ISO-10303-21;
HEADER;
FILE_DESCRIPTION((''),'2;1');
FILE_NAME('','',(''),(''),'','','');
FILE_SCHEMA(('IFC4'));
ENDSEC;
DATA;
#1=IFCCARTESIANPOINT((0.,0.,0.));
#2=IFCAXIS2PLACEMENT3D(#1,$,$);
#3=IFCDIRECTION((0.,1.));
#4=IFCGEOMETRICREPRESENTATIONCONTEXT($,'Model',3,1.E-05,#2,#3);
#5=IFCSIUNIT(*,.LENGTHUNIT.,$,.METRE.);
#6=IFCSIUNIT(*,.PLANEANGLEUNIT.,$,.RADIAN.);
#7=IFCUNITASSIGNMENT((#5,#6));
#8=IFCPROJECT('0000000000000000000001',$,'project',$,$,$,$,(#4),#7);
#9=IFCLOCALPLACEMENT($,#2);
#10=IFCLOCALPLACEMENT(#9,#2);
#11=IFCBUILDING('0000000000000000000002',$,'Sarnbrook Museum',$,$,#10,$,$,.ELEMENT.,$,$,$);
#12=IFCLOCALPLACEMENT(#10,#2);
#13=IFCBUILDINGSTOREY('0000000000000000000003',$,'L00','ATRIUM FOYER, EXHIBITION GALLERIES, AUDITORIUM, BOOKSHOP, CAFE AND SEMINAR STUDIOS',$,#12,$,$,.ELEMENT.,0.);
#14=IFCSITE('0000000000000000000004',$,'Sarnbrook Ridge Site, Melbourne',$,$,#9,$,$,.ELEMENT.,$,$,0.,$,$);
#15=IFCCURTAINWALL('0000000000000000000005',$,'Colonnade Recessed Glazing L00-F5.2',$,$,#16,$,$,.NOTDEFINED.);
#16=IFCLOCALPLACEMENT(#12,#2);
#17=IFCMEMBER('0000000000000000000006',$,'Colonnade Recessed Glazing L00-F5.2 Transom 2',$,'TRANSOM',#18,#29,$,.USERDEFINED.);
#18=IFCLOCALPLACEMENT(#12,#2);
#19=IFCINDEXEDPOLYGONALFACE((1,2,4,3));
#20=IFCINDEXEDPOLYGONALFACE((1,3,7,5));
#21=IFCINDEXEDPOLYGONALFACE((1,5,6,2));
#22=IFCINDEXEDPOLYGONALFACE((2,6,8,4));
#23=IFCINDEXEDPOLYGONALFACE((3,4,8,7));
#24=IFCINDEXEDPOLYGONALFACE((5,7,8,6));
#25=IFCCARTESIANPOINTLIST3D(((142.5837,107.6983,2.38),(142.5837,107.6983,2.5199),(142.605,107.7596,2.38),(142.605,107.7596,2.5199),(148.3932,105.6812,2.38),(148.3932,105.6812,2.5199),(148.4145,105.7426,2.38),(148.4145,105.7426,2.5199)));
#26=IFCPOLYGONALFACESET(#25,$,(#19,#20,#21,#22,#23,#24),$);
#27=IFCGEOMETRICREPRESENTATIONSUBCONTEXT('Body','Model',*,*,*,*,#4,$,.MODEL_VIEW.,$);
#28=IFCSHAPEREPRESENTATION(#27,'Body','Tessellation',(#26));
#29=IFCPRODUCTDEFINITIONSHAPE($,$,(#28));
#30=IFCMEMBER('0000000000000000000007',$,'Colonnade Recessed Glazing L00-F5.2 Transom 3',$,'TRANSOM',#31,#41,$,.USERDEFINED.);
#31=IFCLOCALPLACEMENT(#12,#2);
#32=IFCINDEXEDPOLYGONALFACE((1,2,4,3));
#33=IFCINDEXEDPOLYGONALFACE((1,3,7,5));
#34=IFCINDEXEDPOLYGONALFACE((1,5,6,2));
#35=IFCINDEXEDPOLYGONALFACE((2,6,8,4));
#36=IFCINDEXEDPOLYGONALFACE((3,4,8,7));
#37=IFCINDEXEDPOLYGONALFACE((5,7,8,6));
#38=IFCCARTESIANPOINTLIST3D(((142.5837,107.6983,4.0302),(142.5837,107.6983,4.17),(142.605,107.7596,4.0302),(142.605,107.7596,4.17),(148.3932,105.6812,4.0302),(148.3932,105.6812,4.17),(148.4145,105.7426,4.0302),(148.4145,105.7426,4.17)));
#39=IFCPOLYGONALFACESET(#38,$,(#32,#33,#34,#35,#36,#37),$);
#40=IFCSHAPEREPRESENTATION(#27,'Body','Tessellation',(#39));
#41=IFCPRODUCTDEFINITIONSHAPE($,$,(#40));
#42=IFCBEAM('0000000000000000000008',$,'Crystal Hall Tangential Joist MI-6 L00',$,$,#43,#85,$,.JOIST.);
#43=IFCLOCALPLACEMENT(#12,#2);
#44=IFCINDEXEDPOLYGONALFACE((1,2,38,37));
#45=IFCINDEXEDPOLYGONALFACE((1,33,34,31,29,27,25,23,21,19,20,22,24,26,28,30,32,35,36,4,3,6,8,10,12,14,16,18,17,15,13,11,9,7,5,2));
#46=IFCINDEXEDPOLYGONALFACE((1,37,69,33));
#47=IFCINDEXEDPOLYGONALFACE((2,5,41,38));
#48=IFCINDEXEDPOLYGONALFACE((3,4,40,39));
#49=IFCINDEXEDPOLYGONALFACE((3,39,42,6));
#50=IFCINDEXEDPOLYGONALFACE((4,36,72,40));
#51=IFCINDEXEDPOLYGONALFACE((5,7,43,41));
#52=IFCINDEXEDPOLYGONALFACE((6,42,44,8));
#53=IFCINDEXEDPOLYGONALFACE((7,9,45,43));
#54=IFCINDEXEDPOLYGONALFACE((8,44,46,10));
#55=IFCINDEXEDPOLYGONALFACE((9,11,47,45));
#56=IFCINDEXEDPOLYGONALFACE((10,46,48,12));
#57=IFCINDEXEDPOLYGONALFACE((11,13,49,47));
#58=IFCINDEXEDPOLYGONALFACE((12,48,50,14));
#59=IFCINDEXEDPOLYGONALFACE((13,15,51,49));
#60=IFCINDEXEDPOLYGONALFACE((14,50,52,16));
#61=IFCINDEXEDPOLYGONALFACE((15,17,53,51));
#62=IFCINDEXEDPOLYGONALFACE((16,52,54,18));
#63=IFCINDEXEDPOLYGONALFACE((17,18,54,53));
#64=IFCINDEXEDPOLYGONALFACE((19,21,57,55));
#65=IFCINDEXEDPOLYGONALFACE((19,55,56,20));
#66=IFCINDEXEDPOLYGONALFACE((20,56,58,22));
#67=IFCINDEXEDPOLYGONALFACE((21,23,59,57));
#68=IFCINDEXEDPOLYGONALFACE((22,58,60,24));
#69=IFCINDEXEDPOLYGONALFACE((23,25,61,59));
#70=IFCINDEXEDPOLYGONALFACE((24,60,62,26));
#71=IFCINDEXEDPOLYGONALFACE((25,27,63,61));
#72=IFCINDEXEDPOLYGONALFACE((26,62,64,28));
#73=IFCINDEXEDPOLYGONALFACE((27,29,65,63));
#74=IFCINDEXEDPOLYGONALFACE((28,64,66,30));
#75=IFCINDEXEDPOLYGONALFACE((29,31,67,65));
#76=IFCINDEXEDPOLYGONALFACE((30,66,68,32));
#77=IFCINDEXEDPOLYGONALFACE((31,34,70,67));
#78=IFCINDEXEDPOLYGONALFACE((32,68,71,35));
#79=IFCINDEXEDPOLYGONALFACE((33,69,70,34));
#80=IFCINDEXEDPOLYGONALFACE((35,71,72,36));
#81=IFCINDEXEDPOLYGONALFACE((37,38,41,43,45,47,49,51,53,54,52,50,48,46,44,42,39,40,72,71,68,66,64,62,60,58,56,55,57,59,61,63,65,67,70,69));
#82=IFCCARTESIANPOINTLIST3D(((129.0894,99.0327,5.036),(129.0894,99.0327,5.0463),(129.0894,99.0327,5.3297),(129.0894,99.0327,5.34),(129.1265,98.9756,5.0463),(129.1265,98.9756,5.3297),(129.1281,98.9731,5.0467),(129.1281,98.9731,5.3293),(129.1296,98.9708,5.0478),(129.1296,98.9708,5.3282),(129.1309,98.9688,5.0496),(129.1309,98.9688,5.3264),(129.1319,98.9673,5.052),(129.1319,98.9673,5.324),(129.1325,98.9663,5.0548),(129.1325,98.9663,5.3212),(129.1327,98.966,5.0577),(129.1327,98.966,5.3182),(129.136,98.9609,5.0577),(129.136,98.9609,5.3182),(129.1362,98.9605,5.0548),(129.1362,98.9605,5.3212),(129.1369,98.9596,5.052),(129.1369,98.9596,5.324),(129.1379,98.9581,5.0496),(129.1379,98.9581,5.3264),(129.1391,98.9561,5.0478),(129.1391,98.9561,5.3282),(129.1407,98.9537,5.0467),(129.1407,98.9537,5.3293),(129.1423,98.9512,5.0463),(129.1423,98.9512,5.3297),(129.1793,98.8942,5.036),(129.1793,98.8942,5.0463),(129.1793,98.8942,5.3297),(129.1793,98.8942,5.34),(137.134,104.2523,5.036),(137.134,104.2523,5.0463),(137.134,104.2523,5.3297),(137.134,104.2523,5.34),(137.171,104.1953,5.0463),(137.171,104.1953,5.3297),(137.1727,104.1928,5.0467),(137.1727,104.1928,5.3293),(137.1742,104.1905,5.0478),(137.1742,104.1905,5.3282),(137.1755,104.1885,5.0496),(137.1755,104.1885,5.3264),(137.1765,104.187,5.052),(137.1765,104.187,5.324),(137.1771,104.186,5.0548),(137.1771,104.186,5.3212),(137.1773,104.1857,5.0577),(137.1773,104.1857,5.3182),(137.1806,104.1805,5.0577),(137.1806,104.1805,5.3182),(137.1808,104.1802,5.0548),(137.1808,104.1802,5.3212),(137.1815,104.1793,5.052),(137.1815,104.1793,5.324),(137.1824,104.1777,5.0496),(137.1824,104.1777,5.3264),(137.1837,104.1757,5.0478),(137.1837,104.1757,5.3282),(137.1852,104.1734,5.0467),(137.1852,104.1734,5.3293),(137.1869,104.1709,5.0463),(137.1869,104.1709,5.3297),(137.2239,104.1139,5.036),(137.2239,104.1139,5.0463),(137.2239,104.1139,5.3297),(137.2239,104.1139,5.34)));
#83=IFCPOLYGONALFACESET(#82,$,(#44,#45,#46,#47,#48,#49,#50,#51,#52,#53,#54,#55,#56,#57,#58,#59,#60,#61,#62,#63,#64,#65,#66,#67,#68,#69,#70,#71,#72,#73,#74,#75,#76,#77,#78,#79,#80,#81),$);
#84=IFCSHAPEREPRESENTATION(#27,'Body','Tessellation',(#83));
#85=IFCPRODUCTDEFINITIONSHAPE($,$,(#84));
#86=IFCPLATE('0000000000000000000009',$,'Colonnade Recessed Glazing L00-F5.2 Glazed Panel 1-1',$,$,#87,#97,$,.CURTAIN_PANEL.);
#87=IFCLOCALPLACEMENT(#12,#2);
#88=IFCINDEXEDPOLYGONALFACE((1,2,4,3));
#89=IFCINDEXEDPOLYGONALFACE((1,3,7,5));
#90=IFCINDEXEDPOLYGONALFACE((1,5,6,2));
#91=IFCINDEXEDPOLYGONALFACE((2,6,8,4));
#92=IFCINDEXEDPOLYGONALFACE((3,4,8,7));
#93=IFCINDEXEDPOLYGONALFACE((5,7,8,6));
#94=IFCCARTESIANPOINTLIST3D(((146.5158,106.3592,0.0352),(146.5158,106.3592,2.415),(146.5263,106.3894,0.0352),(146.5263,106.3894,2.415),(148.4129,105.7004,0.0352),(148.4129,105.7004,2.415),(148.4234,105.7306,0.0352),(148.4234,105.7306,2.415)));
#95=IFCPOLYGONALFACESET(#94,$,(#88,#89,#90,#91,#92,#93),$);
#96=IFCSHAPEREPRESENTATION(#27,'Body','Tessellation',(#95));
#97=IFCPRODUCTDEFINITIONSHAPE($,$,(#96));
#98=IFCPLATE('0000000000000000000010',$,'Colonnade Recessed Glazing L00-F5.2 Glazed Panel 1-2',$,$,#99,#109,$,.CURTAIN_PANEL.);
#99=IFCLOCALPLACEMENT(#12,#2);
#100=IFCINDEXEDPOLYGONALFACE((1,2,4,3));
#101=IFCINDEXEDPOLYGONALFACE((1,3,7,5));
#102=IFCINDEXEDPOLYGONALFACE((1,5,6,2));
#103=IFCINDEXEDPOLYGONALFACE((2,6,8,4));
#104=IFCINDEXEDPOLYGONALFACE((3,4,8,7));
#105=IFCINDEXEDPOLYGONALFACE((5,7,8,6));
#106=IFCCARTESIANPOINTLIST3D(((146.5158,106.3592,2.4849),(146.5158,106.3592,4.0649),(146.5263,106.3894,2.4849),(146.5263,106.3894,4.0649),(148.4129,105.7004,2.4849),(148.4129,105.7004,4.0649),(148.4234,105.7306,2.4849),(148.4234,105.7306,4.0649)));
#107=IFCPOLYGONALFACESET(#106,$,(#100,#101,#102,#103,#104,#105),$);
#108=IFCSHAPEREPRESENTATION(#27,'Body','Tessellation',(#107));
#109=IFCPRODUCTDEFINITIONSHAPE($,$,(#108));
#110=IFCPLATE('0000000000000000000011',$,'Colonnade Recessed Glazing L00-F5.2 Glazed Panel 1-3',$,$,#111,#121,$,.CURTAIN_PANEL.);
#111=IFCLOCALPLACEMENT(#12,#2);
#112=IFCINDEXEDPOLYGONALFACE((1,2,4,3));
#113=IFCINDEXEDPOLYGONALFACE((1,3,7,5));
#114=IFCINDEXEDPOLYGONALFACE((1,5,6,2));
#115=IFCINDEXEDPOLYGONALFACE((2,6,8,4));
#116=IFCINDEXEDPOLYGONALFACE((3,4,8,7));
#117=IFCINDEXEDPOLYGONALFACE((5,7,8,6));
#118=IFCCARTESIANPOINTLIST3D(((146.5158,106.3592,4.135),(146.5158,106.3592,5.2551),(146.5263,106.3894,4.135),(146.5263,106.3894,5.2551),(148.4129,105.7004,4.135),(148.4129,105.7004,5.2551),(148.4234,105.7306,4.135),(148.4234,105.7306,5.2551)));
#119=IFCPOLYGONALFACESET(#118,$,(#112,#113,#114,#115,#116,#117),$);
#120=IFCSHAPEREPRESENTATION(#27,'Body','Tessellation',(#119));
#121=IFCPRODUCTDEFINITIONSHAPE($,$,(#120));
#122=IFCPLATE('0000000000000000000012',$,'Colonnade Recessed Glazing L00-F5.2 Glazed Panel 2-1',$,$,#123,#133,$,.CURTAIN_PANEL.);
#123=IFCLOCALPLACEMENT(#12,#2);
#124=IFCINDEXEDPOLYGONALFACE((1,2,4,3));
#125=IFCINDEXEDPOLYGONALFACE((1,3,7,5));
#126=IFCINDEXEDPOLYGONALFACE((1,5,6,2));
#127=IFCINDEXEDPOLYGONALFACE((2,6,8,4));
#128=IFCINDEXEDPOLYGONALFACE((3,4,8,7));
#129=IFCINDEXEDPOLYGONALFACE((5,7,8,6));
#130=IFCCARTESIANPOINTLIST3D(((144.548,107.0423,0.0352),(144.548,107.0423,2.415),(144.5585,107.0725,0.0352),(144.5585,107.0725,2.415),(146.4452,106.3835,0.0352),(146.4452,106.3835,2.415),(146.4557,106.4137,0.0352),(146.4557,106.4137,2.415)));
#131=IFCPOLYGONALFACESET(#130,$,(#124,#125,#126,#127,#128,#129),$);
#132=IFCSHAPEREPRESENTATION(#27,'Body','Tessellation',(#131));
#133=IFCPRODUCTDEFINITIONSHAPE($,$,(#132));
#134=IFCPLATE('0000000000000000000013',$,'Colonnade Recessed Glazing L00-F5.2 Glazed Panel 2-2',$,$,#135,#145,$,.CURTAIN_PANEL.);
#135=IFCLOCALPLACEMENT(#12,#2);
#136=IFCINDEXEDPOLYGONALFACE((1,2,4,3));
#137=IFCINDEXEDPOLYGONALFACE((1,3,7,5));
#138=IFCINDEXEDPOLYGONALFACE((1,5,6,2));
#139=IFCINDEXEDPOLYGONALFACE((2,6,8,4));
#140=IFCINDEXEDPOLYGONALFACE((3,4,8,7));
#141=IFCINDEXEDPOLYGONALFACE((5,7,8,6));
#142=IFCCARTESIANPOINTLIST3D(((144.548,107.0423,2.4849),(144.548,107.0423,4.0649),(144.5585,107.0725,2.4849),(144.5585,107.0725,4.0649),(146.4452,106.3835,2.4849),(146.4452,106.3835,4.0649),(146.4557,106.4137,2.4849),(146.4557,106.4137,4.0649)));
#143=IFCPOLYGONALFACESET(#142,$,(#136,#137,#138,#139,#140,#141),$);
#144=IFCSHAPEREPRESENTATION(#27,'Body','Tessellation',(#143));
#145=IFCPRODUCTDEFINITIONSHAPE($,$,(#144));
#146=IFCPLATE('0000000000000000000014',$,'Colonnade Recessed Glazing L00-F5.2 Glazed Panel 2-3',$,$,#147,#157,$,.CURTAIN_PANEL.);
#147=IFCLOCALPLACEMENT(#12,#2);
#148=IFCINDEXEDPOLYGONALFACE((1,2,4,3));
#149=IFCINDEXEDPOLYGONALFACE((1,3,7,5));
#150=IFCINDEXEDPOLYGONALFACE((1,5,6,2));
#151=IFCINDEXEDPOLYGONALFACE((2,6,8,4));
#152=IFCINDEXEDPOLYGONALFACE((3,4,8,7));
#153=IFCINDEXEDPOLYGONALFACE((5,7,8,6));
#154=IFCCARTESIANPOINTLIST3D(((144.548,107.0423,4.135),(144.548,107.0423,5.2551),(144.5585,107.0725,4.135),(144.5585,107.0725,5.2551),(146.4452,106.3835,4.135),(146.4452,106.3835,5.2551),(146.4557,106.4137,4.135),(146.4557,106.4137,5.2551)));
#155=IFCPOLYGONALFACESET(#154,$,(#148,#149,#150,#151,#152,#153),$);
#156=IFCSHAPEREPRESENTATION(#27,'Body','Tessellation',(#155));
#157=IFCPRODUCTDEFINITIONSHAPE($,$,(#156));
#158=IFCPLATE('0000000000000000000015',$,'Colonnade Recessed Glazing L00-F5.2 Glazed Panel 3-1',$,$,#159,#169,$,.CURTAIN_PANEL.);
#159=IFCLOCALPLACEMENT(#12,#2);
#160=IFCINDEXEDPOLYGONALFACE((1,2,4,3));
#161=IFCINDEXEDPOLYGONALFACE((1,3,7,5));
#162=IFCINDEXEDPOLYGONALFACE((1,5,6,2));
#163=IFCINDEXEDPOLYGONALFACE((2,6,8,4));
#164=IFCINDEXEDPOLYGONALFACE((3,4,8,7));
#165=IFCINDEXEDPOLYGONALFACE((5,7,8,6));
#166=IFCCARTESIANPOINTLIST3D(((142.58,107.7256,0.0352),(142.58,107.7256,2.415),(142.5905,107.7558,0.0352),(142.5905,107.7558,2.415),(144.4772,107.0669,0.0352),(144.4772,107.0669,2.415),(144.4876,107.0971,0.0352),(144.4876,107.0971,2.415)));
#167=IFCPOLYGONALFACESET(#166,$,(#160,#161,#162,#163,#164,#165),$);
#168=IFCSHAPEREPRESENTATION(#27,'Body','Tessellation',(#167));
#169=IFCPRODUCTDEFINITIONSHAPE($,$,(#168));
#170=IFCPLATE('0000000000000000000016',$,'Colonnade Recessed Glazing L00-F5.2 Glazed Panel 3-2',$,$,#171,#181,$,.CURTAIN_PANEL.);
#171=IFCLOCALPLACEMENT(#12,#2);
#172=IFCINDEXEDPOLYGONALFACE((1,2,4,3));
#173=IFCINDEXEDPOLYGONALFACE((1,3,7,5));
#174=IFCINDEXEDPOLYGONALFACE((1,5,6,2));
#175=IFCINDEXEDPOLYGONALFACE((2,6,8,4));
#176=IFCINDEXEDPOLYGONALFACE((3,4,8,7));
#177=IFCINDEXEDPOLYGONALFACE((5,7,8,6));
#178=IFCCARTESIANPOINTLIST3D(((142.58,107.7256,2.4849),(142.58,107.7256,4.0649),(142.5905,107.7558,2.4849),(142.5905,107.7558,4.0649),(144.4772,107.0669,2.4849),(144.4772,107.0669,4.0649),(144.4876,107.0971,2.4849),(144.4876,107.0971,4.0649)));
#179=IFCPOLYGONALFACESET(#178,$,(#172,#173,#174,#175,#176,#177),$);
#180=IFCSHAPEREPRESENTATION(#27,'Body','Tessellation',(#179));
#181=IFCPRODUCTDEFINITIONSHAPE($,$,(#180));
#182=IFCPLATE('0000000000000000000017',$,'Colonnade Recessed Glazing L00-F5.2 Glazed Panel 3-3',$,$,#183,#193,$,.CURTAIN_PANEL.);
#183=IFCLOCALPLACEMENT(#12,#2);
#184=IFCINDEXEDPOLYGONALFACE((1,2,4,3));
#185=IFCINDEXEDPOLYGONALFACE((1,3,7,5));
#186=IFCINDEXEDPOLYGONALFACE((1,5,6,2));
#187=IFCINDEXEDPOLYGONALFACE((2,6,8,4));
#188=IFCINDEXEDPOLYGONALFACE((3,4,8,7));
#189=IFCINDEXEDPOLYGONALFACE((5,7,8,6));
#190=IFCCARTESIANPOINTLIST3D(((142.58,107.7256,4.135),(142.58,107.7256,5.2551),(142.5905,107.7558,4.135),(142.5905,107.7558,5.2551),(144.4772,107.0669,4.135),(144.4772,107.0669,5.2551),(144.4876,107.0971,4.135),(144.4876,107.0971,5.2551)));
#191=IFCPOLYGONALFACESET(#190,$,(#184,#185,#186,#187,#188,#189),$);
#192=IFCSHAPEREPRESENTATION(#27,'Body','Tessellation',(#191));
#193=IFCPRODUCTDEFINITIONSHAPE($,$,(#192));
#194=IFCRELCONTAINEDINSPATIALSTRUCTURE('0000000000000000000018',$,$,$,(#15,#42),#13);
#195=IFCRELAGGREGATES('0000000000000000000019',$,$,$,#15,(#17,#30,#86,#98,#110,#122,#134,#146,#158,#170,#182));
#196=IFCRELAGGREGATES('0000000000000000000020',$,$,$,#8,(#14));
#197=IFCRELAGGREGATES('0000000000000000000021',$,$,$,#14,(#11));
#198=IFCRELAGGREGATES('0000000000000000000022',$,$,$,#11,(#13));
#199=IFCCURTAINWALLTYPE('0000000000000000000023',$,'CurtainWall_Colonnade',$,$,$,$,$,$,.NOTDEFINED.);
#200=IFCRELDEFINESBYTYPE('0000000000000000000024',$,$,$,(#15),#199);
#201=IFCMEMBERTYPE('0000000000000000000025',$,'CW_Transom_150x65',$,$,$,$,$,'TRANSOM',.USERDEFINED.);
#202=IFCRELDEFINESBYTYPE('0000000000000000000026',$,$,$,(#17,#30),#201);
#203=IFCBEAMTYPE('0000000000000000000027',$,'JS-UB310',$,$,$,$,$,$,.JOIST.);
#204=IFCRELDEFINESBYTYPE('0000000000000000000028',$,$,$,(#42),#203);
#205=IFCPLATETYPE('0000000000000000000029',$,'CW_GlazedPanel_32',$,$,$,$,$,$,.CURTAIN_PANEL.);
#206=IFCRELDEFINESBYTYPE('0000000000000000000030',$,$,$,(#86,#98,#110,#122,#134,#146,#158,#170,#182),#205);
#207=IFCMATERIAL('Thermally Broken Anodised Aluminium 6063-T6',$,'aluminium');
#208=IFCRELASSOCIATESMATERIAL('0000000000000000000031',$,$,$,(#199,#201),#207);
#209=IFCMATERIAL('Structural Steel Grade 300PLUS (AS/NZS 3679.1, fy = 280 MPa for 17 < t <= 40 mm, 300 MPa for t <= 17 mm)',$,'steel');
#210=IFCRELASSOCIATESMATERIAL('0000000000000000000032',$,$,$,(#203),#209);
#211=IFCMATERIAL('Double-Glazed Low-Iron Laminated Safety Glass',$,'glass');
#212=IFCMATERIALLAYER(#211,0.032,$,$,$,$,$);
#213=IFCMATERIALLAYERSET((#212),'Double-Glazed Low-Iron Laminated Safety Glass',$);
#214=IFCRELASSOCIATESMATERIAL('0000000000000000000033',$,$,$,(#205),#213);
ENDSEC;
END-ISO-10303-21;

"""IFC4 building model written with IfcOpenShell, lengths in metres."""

from ifc_helpers import new_model, si_unit, direction, frame, origin, origin_2d, place, context, subcontext, project, spatial, rectangle, i_section, extrude, material, layer, layer_set, material_profile, profile_set, type_object, element, aggregate, save


model = new_model("IFC4")

# Units and contexts
model_context = context("Model", 3, precision=1e-05, world=origin(), true_north=direction((0.0, 1.0)))
body_context = subcontext(model_context, "Body", "Model", "MODEL_VIEW")
ifc_project = project(units=[si_unit("LENGTHUNIT", "METRE"), si_unit("PLANEANGLEUNIT", "RADIAN")], contexts=[model_context])

# Site, building, storey
site_placement = place(None, origin())
site = spatial("IfcSite", under=ifc_project, at=site_placement, Name="Sarnbrook Ridge Site, Melbourne", CompositionType="ELEMENT", RefElevation=0.0)
building_placement = place(site_placement, origin())
building = spatial("IfcBuilding", under=site, at=building_placement, Name="Sarnbrook Museum", CompositionType="ELEMENT")
storey_placement = place(building_placement, origin())
storey = spatial("IfcBuildingStorey", under=building, at=storey_placement, Name="L00", Description="ATRIUM FOYER, EXHIBITION GALLERIES, AUDITORIUM, BOOKSHOP, CAFE AND SEMINAR STUDIOS", CompositionType="ELEMENT", Elevation=0.0)

# Shared definitions
ifc_material_1 = material(Name="Structural Steel Grade 300PLUS (AS/NZS 3679.1, fy = 280 MPa for 17 < t <= 40 mm, 300 MPa for t <= 17 mm)", Category="steel")

# Curtain wall, members
ifc_material_2 = material(Name="Thermally Broken Anodised Aluminium 6063-T6", Category="aluminium")
curtain_wall_type = type_object("IfcCurtainWallType", Name="CurtainWall_Colonnade", PredefinedType="NOTDEFINED", material=ifc_material_2)
curtain_wall_placement = place(storey_placement, origin())
curtain_wall = element("IfcCurtainWall", 1, at=curtain_wall_placement, inside=storey, type_object=curtain_wall_type, Name="Colonnade Recessed Glazing L00-F5.2", PredefinedType="NOTDEFINED")
ifc_material_profile_1 = material_profile(ifc_material_2, rectangle(XDim=0.0649, YDim=0.1399, at=origin_2d()), Name="ALU TRANSOM 65x140")
ifc_profile_set_1 = profile_set([ifc_material_profile_1], Name="Thermally Broken Anodised Aluminium 6063-T6")
member_type_1 = type_object("IfcMemberType", Name="CW_Transom_150x65", ElementType="TRANSOM", PredefinedType="USERDEFINED", material=ifc_profile_set_1)
member_1_placement = place(storey_placement, frame((148.4038, 105.7119, 2.45), z_axis=(-0.94468, 0.327994, 0.0), x_axis=(-0.327994, -0.94468, 0.0)))
member_1 = element("IfcMember", 2, at=member_1_placement, type_object=member_type_1, Name="Colonnade Recessed Glazing L00-F5.2 Transom 2", ObjectType="TRANSOM", PredefinedType="USERDEFINED", context=body_context, shape_type="SweptSolid", body=[
    extrude(rectangle(XDim=0.0649, YDim=0.1399, at=origin_2d()), origin(), (0.0, 0.0, 1.0), 6.1497),
])
member_2_placement = place(storey_placement, frame((148.4038, 105.7119, 4.1001), z_axis=(-0.94468, 0.327994, 0.0), x_axis=(-0.327994, -0.94468, 0.0)))
member_2 = element("IfcMember", 3, at=member_2_placement, type_object=member_type_1, Name="Colonnade Recessed Glazing L00-F5.2 Transom 3", ObjectType="TRANSOM", PredefinedType="USERDEFINED", context=body_context, shape_type="SweptSolid", body=[
    extrude(rectangle(XDim=0.0649, YDim=0.1399, at=origin_2d()), origin(), (0.0, 0.0, 1.0), 6.1497),
])

# Beam
ifc_material_profile_2 = material_profile(ifc_material_1, i_section(OverallWidth=0.165, OverallDepth=0.304, WebThickness=0.0061, FlangeThickness=0.0103, FilletRadius=0.0115, at=origin_2d()), Name="310UB40.4")
ifc_profile_set_2 = profile_set([ifc_material_profile_2], Name="Structural Steel Grade 300PLUS (AS/NZS 3679.1, fy = 280 MPa for 17 < t <= 40 mm, 300 MPa for t <= 17 mm)")
beam_type_1 = type_object("IfcBeamType", Name="JS-UB310", PredefinedType="JOIST", material=ifc_profile_set_2)
beam_1_placement = place(storey_placement, frame((137.179, 104.1831, 5.188), z_axis=(-0.838887, -0.544305, 0.0), x_axis=(0.544305, -0.838887, 0.0)))
element("IfcBeam", 4, at=beam_1_placement, inside=storey, type_object=beam_type_1, Name="Crystal Hall Tangential Joist MI-6 L00", PredefinedType="JOIST", context=body_context, shape_type="SweptSolid", body=[
    extrude(i_section(OverallWidth=0.165, OverallDepth=0.304, WebThickness=0.0061, FlangeThickness=0.0103, FilletRadius=0.0115, at=origin_2d()), origin(), (0.0, 0.0, 1.0), 9.5896),
])

# Plates
ifc_material_3 = material(Name="Double-Glazed Low-Iron Laminated Safety Glass", Category="glass")
ifc_layer_1 = layer(ifc_material_3, 0.032)
ifc_layer_set_1 = layer_set([ifc_layer_1], Name="Double-Glazed Low-Iron Laminated Safety Glass")
plate_type_1 = type_object("IfcPlateType", Name="CW_GlazedPanel_32", PredefinedType="CURTAIN_PANEL", material=ifc_layer_set_1)
plate_1_placement = place(storey_placement, frame((147.4644, 106.0298, 1.2251), z_axis=(0.328012, 0.944674, 0.0), x_axis=(-0.944674, 0.328012, 0.0)))
plate_1 = element("IfcPlate", 5, at=plate_1_placement, type_object=plate_type_1, Name="Colonnade Recessed Glazing L00-F5.2 Glazed Panel 1-1", PredefinedType="CURTAIN_PANEL", context=body_context, shape_type="SweptSolid", body=[
    extrude(rectangle(XDim=2.0083, YDim=2.3799, at=origin_2d()), origin(), (0.0, 0.0, 1.0), 0.032),
])
plate_2_placement = place(storey_placement, frame((147.4644, 106.0298, 3.2749), z_axis=(0.328012, 0.944674, 0.0), x_axis=(-0.944674, 0.328012, 0.0)))
plate_2 = element("IfcPlate", 6, at=plate_2_placement, type_object=plate_type_1, Name="Colonnade Recessed Glazing L00-F5.2 Glazed Panel 1-2", PredefinedType="CURTAIN_PANEL", context=body_context, shape_type="SweptSolid", body=[
    extrude(rectangle(XDim=2.0083, YDim=1.5801, at=origin_2d()), origin(), (0.0, 0.0, 1.0), 0.032),
])
plate_3_placement = place(storey_placement, frame((147.4644, 106.0298, 4.6951), z_axis=(0.328012, 0.944674, 0.0), x_axis=(-0.944674, 0.328012, 0.0)))
plate_3 = element("IfcPlate", 7, at=plate_3_placement, type_object=plate_type_1, Name="Colonnade Recessed Glazing L00-F5.2 Glazed Panel 1-3", PredefinedType="CURTAIN_PANEL", context=body_context, shape_type="SweptSolid", body=[
    extrude(rectangle(XDim=2.0083, YDim=1.1201, at=origin_2d()), origin(), (0.0, 0.0, 1.0), 0.032),
])
plate_4_placement = place(storey_placement, frame((145.4966, 106.7129, 1.2251), z_axis=(0.328012, 0.944674, 0.0), x_axis=(-0.944674, 0.328012, 0.0)))
plate_4 = element("IfcPlate", 8, at=plate_4_placement, type_object=plate_type_1, Name="Colonnade Recessed Glazing L00-F5.2 Glazed Panel 2-1", PredefinedType="CURTAIN_PANEL", context=body_context, shape_type="SweptSolid", body=[
    extrude(rectangle(XDim=2.0083, YDim=2.3799, at=origin_2d()), origin(), (0.0, 0.0, 1.0), 0.032),
])
plate_5_placement = place(storey_placement, frame((145.4966, 106.7129, 3.2749), z_axis=(0.328012, 0.944674, 0.0), x_axis=(-0.944674, 0.328012, 0.0)))
plate_5 = element("IfcPlate", 9, at=plate_5_placement, type_object=plate_type_1, Name="Colonnade Recessed Glazing L00-F5.2 Glazed Panel 2-2", PredefinedType="CURTAIN_PANEL", context=body_context, shape_type="SweptSolid", body=[
    extrude(rectangle(XDim=2.0083, YDim=1.5801, at=origin_2d()), origin(), (0.0, 0.0, 1.0), 0.032),
])
plate_6_placement = place(storey_placement, frame((145.4966, 106.7129, 4.6951), z_axis=(0.328012, 0.944674, 0.0), x_axis=(-0.944674, 0.328012, 0.0)))
plate_6 = element("IfcPlate", 10, at=plate_6_placement, type_object=plate_type_1, Name="Colonnade Recessed Glazing L00-F5.2 Glazed Panel 2-3", PredefinedType="CURTAIN_PANEL", context=body_context, shape_type="SweptSolid", body=[
    extrude(rectangle(XDim=2.0083, YDim=1.1201, at=origin_2d()), origin(), (0.0, 0.0, 1.0), 0.032),
])
plate_7_placement = place(storey_placement, frame((143.5286, 107.3962, 1.2251), z_axis=(0.328012, 0.944674, 0.0), x_axis=(-0.944674, 0.328012, 0.0)))
plate_7 = element("IfcPlate", 11, at=plate_7_placement, type_object=plate_type_1, Name="Colonnade Recessed Glazing L00-F5.2 Glazed Panel 3-1", PredefinedType="CURTAIN_PANEL", context=body_context, shape_type="SweptSolid", body=[
    extrude(rectangle(XDim=2.0083, YDim=2.3799, at=origin_2d()), origin(), (0.0, 0.0, 1.0), 0.032),
])
plate_8_placement = place(storey_placement, frame((143.5286, 107.3962, 3.2749), z_axis=(0.328012, 0.944674, 0.0), x_axis=(-0.944674, 0.328012, 0.0)))
plate_8 = element("IfcPlate", 12, at=plate_8_placement, type_object=plate_type_1, Name="Colonnade Recessed Glazing L00-F5.2 Glazed Panel 3-2", PredefinedType="CURTAIN_PANEL", context=body_context, shape_type="SweptSolid", body=[
    extrude(rectangle(XDim=2.0083, YDim=1.5801, at=origin_2d()), origin(), (0.0, 0.0, 1.0), 0.032),
])
plate_9_placement = place(storey_placement, frame((143.5286, 107.3962, 4.6951), z_axis=(0.328012, 0.944674, 0.0), x_axis=(-0.944674, 0.328012, 0.0)))
plate_9 = element("IfcPlate", 13, at=plate_9_placement, type_object=plate_type_1, Name="Colonnade Recessed Glazing L00-F5.2 Glazed Panel 3-3", PredefinedType="CURTAIN_PANEL", context=body_context, shape_type="SweptSolid", body=[
    extrude(rectangle(XDim=2.0083, YDim=1.1201, at=origin_2d()), origin(), (0.0, 0.0, 1.0), 0.032),
])
aggregate(curtain_wall, [member_1, member_2, plate_1, plate_2, plate_3, plate_4, plate_5, plate_6, plate_7, plate_8, plate_9])

save(model, "model.ifc")
